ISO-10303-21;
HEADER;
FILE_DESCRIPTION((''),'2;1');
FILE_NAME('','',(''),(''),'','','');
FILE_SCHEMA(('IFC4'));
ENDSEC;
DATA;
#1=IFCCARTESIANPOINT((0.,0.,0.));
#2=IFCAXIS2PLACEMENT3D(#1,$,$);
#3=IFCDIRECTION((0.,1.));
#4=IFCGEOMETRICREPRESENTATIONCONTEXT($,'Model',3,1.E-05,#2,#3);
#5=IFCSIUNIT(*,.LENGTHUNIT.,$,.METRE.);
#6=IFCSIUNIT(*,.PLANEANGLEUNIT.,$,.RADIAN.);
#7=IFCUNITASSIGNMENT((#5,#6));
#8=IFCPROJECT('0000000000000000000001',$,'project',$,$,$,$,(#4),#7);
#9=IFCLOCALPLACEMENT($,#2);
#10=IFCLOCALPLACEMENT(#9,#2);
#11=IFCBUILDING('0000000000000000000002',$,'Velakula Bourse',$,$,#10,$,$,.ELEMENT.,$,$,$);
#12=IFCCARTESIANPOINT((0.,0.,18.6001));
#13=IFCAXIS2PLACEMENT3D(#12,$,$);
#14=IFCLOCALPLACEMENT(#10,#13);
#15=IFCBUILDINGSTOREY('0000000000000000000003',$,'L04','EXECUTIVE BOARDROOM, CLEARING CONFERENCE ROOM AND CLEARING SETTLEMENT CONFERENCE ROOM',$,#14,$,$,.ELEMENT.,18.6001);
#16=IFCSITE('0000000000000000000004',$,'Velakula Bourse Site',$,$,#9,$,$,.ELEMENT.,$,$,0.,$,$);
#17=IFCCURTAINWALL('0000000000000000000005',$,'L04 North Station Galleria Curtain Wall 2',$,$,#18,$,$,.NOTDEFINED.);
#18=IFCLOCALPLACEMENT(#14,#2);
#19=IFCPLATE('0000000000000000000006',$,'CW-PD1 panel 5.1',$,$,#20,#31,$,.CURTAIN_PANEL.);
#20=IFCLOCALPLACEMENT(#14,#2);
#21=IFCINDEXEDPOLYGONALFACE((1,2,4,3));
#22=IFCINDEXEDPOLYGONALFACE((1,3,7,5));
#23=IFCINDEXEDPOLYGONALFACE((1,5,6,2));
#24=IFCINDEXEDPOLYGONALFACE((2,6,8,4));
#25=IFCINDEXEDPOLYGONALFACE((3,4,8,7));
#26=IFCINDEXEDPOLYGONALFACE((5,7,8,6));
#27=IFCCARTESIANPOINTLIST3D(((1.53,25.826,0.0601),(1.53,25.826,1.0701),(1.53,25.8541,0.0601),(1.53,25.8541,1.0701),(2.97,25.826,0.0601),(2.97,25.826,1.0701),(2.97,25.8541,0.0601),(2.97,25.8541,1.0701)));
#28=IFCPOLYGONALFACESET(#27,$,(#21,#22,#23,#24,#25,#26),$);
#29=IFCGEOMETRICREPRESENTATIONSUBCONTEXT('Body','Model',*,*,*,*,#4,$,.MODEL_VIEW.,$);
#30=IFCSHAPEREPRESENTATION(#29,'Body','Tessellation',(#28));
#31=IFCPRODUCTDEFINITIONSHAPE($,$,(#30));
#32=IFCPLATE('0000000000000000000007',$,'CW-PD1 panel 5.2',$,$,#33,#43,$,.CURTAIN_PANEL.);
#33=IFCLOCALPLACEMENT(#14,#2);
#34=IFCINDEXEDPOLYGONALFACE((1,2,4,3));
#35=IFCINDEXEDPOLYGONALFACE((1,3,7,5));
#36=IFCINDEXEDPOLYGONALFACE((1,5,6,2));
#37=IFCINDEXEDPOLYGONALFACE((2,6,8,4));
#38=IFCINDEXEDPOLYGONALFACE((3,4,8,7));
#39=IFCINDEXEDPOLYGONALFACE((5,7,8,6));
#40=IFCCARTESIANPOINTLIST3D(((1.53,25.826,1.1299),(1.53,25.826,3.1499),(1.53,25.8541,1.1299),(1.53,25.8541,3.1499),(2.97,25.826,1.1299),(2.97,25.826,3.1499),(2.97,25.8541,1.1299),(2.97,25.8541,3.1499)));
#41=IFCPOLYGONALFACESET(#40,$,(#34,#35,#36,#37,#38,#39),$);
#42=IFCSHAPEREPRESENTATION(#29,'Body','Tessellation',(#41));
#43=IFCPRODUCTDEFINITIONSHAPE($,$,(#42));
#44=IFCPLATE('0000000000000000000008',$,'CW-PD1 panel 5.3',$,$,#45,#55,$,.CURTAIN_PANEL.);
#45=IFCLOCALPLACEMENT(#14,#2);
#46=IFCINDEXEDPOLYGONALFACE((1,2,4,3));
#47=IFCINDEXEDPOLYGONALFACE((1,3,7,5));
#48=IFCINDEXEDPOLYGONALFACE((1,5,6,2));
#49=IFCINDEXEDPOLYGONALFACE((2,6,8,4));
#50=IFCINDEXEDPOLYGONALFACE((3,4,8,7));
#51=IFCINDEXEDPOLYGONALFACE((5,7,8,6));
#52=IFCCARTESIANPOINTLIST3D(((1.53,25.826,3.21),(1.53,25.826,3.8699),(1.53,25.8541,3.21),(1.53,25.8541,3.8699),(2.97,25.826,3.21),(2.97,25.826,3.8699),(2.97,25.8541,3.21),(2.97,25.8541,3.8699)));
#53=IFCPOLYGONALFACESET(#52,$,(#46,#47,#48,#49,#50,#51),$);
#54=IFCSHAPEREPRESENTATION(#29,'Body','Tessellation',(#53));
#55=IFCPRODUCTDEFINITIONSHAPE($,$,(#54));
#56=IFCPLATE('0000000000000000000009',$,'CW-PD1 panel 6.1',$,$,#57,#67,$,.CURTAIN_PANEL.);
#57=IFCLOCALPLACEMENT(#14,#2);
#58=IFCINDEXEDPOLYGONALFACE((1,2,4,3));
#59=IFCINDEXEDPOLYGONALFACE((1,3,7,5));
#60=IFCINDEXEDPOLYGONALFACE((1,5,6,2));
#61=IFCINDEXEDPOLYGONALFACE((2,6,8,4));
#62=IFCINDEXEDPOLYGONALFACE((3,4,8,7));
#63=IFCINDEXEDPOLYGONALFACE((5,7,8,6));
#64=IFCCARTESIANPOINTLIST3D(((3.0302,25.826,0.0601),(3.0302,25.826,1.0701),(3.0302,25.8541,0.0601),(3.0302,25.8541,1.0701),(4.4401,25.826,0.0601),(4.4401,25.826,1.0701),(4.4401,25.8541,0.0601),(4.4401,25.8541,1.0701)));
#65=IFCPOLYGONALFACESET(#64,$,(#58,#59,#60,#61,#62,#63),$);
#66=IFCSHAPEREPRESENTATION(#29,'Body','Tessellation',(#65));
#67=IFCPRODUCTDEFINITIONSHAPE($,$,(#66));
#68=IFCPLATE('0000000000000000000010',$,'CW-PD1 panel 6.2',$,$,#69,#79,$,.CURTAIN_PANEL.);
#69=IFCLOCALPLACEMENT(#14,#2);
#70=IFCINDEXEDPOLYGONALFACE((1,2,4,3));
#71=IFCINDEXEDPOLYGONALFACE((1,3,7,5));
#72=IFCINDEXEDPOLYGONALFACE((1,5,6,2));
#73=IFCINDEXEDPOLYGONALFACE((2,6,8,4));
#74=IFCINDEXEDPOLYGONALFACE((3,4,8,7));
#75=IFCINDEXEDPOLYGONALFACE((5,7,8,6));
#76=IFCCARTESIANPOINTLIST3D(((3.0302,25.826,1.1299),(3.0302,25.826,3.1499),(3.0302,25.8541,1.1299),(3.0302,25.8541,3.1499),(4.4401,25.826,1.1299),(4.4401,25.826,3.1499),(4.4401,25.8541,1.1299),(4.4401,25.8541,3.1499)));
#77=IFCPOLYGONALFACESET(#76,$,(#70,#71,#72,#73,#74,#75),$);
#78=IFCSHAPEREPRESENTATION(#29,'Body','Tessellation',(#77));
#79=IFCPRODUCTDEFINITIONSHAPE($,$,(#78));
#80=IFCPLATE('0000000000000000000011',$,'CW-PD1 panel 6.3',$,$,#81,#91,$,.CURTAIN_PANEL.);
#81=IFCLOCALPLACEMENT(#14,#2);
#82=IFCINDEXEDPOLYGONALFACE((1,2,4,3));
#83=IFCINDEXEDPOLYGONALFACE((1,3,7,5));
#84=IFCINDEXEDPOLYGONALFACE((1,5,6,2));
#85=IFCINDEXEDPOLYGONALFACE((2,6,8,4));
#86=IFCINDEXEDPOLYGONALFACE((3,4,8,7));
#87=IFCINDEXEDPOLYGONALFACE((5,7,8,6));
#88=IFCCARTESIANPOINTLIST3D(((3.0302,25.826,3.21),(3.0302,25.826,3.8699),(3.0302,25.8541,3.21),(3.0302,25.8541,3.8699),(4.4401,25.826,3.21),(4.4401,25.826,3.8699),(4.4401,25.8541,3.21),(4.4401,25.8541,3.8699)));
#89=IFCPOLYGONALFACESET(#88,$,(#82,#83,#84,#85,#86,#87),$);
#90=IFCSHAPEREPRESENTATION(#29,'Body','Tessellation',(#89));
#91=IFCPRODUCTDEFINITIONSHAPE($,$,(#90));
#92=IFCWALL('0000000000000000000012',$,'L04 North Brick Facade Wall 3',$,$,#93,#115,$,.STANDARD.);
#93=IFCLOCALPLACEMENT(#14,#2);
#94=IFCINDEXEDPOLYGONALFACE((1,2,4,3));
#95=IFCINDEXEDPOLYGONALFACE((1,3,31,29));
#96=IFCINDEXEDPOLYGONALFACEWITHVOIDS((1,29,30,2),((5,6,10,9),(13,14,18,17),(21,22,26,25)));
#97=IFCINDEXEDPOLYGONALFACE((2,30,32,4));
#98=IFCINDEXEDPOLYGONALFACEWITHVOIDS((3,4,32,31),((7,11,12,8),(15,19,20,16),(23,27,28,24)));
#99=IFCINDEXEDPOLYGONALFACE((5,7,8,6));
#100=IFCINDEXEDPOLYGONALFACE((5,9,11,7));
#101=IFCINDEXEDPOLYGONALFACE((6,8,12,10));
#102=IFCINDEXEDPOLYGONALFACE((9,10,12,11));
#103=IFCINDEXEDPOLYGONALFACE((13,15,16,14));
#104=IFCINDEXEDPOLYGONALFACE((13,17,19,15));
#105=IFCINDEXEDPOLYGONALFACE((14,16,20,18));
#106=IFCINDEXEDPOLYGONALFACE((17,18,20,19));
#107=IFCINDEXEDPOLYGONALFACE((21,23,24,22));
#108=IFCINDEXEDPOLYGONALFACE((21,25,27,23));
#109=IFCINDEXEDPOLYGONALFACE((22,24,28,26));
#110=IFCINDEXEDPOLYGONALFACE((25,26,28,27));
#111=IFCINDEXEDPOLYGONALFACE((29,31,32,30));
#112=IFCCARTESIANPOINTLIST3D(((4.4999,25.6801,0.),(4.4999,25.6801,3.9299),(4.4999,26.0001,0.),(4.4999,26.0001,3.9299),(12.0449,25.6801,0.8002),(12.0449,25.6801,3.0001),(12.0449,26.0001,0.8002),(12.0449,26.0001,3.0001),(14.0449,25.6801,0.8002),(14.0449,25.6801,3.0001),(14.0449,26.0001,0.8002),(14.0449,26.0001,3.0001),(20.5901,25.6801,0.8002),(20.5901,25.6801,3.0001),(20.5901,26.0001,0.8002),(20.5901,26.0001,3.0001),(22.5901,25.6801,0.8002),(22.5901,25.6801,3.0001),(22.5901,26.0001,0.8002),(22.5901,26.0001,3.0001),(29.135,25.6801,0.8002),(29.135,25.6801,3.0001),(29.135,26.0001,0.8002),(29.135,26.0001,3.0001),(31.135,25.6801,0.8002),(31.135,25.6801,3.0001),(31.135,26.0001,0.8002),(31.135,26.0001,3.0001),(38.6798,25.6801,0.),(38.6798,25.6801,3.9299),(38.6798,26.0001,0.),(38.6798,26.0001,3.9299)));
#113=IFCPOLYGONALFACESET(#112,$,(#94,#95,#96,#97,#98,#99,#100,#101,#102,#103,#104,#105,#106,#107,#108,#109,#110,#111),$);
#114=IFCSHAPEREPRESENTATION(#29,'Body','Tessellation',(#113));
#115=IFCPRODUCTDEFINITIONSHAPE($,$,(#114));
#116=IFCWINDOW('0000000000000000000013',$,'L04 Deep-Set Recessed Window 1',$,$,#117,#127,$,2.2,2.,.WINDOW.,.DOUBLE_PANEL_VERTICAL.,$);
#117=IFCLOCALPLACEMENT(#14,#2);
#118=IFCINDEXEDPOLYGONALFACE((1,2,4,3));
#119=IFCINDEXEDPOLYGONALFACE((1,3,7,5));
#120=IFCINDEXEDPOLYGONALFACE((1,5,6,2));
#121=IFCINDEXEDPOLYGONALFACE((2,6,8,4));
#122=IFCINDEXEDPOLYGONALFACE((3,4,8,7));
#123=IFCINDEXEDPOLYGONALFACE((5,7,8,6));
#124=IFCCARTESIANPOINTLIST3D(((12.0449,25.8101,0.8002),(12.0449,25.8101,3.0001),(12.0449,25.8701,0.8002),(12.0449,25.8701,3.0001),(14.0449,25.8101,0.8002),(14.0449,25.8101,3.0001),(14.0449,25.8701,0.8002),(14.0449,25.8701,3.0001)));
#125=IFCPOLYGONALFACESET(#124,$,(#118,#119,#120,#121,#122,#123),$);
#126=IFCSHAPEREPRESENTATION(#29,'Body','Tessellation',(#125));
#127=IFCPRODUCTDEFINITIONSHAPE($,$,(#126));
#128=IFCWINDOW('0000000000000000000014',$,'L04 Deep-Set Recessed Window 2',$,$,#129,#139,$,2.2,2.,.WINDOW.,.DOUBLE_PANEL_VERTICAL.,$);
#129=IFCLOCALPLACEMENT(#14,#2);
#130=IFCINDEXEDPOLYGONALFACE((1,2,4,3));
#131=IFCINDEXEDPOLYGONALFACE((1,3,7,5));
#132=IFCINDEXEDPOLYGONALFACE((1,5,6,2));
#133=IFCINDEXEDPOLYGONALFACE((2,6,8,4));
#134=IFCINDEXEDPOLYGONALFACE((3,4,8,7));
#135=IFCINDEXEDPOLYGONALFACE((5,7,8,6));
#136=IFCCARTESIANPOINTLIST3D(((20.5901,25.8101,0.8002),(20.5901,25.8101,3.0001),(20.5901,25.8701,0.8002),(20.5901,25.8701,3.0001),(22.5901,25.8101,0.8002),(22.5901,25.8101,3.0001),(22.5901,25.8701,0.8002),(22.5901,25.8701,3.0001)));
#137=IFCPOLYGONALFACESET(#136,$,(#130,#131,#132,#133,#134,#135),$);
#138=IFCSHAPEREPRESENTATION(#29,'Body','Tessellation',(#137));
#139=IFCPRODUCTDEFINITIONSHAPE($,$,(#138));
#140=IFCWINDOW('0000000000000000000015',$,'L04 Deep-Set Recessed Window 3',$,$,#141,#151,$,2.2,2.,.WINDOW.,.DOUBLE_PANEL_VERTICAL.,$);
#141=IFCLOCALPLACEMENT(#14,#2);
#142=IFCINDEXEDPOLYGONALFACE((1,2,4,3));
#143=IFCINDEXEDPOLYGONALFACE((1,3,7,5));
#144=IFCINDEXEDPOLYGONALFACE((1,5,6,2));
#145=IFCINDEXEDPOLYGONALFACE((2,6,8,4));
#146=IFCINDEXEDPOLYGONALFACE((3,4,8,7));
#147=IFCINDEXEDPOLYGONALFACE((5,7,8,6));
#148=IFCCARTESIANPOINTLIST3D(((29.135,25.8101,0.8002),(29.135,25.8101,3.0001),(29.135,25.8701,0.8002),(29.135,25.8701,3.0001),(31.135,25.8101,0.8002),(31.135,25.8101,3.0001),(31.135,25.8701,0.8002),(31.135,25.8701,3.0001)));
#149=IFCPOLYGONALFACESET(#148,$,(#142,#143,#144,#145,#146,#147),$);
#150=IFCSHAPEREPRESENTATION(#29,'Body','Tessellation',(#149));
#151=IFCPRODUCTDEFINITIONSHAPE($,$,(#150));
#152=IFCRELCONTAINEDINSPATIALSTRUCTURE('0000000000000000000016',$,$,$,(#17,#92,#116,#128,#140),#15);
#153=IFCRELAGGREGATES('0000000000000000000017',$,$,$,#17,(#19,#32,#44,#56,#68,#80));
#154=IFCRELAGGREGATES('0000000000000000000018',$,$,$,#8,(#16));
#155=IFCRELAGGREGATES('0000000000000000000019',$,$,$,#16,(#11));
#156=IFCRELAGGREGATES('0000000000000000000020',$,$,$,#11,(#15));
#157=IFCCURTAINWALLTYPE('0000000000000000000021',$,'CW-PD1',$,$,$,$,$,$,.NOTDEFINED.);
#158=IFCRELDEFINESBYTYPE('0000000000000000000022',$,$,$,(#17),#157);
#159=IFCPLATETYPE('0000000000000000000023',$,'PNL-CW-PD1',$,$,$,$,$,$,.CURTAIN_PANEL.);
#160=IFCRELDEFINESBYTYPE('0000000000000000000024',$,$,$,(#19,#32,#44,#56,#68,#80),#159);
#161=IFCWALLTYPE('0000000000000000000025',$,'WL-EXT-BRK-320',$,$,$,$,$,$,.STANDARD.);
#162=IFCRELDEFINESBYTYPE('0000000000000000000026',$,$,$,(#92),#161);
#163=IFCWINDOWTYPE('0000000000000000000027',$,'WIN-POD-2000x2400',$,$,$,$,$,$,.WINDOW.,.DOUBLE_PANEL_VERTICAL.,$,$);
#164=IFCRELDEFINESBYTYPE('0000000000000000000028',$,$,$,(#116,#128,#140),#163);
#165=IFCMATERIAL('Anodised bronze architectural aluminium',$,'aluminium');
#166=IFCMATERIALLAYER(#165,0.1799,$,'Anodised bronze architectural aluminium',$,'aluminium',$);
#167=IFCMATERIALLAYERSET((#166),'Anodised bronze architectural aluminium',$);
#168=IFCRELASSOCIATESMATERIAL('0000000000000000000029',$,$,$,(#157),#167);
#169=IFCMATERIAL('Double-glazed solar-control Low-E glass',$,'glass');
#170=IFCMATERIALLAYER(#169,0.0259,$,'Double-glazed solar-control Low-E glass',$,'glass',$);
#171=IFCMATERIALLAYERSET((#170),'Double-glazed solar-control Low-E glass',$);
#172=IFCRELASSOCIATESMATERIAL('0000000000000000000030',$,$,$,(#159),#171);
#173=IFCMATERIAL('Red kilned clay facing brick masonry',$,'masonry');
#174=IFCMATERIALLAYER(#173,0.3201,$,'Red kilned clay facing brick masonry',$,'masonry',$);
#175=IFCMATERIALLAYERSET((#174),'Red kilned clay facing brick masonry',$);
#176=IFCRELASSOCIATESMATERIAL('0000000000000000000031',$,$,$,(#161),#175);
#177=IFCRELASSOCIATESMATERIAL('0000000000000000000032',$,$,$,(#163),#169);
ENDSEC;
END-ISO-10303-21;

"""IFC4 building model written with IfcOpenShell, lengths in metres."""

from ifc_helpers import new_model, si_unit, direction, frame, frame_2d, origin, origin_2d, place, context, subcontext, project, spatial, rectangle, extrude, material, layer, layer_set, type_object, element, fill, aggregate, save


model = new_model("IFC4")

# Units and contexts
model_context = context("Model", 3, precision=1e-05, world=origin(), true_north=direction((0.0, 1.0)))
body_context = subcontext(model_context, "Body", "Model", "MODEL_VIEW")
ifc_project = project(units=[si_unit("LENGTHUNIT", "METRE"), si_unit("PLANEANGLEUNIT", "RADIAN")], contexts=[model_context])

# Site, building, storey
site_placement = place(None, origin())
site = spatial("IfcSite", under=ifc_project, at=site_placement, Name="Velakula Bourse Site", CompositionType="ELEMENT", RefElevation=0.0)
building_placement = place(site_placement, origin())
building = spatial("IfcBuilding", under=site, at=building_placement, Name="Velakula Bourse", CompositionType="ELEMENT")
storey_placement = place(building_placement, frame((0.0, 0.0, 18.6001)))
storey = spatial("IfcBuildingStorey", under=building, at=storey_placement, Name="L04", Description="EXECUTIVE BOARDROOM, CLEARING CONFERENCE ROOM AND CLEARING SETTLEMENT CONFERENCE ROOM", CompositionType="ELEMENT", Elevation=18.6001)

# Curtain wall, plates
ifc_material_1 = material(Name="Anodised bronze architectural aluminium", Category="aluminium")
ifc_layer_1 = layer(ifc_material_1, 0.1799, Name="Anodised bronze architectural aluminium", Category="aluminium")
ifc_layer_set_1 = layer_set([ifc_layer_1], Name="Anodised bronze architectural aluminium")
curtain_wall_type = type_object("IfcCurtainWallType", Name="CW-PD1", PredefinedType="NOTDEFINED", material=ifc_layer_set_1)
curtain_wall_placement = place(storey_placement, origin())
curtain_wall = element("IfcCurtainWall", 1, at=curtain_wall_placement, inside=storey, type_object=curtain_wall_type, Name="L04 North Station Galleria Curtain Wall 2", PredefinedType="NOTDEFINED")
ifc_material_2 = material(Name="Double-glazed solar-control Low-E glass", Category="glass")
ifc_layer_2 = layer(ifc_material_2, 0.0259, Name="Double-glazed solar-control Low-E glass", Category="glass")
ifc_layer_set_2 = layer_set([ifc_layer_2], Name="Double-glazed solar-control Low-E glass")
plate_type = type_object("IfcPlateType", Name="PNL-CW-PD1", PredefinedType="CURTAIN_PANEL", material=ifc_layer_set_2)
plate_1_placement = place(storey_placement, frame((2.25, 25.8401, 0.0601), z_axis=(0.0, 0.0, 1.0), x_axis=(1.0, 0.0, 0.0)))
plate_1 = element("IfcPlate", 2, at=plate_1_placement, type_object=plate_type, Name="CW-PD1 panel 5.1", PredefinedType="CURTAIN_PANEL", context=body_context, shape_type="SweptSolid", body=[
    extrude(rectangle(XDim=1.4399, YDim=0.0281, at=origin_2d()), origin(), (0.0, 0.0, 1.0), 1.01),
])
plate_2_placement = place(storey_placement, frame((2.25, 25.8401, 1.1299), z_axis=(0.0, 0.0, 1.0), x_axis=(1.0, 0.0, 0.0)))
plate_2 = element("IfcPlate", 3, at=plate_2_placement, type_object=plate_type, Name="CW-PD1 panel 5.2", PredefinedType="CURTAIN_PANEL", context=body_context, shape_type="SweptSolid", body=[
    extrude(rectangle(XDim=1.4399, YDim=0.0281, at=origin_2d()), origin(), (0.0, 0.0, 1.0), 2.02),
])
plate_3_placement = place(storey_placement, frame((2.25, 25.8401, 3.21), z_axis=(0.0, 0.0, 1.0), x_axis=(1.0, 0.0, 0.0)))
plate_3 = element("IfcPlate", 4, at=plate_3_placement, type_object=plate_type, Name="CW-PD1 panel 5.3", PredefinedType="CURTAIN_PANEL", context=body_context, shape_type="SweptSolid", body=[
    extrude(rectangle(XDim=1.4399, YDim=0.0281, at=origin_2d()), origin(), (0.0, 0.0, 1.0), 0.6599),
])
plate_4_placement = place(storey_placement, frame((3.7351, 25.8401, 0.0601), z_axis=(0.0, 0.0, 1.0), x_axis=(1.0, 0.0, 0.0)))
plate_4 = element("IfcPlate", 5, at=plate_4_placement, type_object=plate_type, Name="CW-PD1 panel 6.1", PredefinedType="CURTAIN_PANEL", context=body_context, shape_type="SweptSolid", body=[
    extrude(rectangle(XDim=1.4099, YDim=0.0281, at=origin_2d()), origin(), (0.0, 0.0, 1.0), 1.01),
])
plate_5_placement = place(storey_placement, frame((3.7351, 25.8401, 1.1299), z_axis=(0.0, 0.0, 1.0), x_axis=(1.0, 0.0, 0.0)))
plate_5 = element("IfcPlate", 6, at=plate_5_placement, type_object=plate_type, Name="CW-PD1 panel 6.2", PredefinedType="CURTAIN_PANEL", context=body_context, shape_type="SweptSolid", body=[
    extrude(rectangle(XDim=1.4099, YDim=0.0281, at=origin_2d()), origin(), (0.0, 0.0, 1.0), 2.02),
])
plate_6_placement = place(storey_placement, frame((3.7351, 25.8401, 3.21), z_axis=(0.0, 0.0, 1.0), x_axis=(1.0, 0.0, 0.0)))
plate_6 = element("IfcPlate", 7, at=plate_6_placement, type_object=plate_type, Name="CW-PD1 panel 6.3", PredefinedType="CURTAIN_PANEL", context=body_context, shape_type="SweptSolid", body=[
    extrude(rectangle(XDim=1.4099, YDim=0.0281, at=origin_2d()), origin(), (0.0, 0.0, 1.0), 0.6599),
])
aggregate(curtain_wall, [plate_1, plate_2, plate_3, plate_4, plate_5, plate_6])

# Wall, openings, windows
ifc_material_3 = material(Name="Red kilned clay facing brick masonry", Category="masonry")
ifc_layer_3 = layer(ifc_material_3, 0.3201, Name="Red kilned clay facing brick masonry", Category="masonry")
ifc_layer_set_3 = layer_set([ifc_layer_3], Name="Red kilned clay facing brick masonry")
wall_type = type_object("IfcWallType", Name="WL-EXT-BRK-320", PredefinedType="STANDARD", material=ifc_layer_set_3)
wall_placement = place(storey_placement, frame((4.5, 25.8401, 0.0), z_axis=(0.0, 0.0, 1.0), x_axis=(1.0, 0.0, 0.0)))
wall = element("IfcWall", 8, at=wall_placement, inside=storey, type_object=wall_type, Name="L04 North Brick Facade Wall 3", PredefinedType="STANDARD", context=body_context, shape_type="SweptSolid", body=[
    extrude(rectangle(XDim=34.1799, YDim=0.3201, at=frame_2d((17.0898, 0.0))), origin(), (0.0, 0.0, 1.0), 3.9299),
])
opening_1_placement = place(wall_placement, frame((7.5449, 0.0, 0.8)))
opening_1 = element("IfcOpeningElement", 9, at=opening_1_placement, cuts=wall, PredefinedType="OPENING", context=body_context, shape_type="SweptSolid", body=[
    extrude(rectangle(XDim=2.0, YDim=2.2, at=frame_2d((1.0, 1.1001))), frame((0.0, 0.1699, 0.0), z_axis=(0.0, -1.0, 0.0), x_axis=(1.0, 0.0, 0.0)), (0.0, 0.0, 1.0), 0.3401),
])
opening_2_placement = place(wall_placement, frame((16.0901, 0.0, 0.8)))
opening_2 = element("IfcOpeningElement", 10, at=opening_2_placement, cuts=wall, PredefinedType="OPENING", context=body_context, shape_type="SweptSolid", body=[
    extrude(rectangle(XDim=2.0, YDim=2.2, at=frame_2d((1.0, 1.1001))), frame((0.0, 0.1699, 0.0), z_axis=(0.0, -1.0, 0.0), x_axis=(1.0, 0.0, 0.0)), (0.0, 0.0, 1.0), 0.3401),
])
opening_3_placement = place(wall_placement, frame((24.635, 0.0, 0.8)))
opening_3 = element("IfcOpeningElement", 11, at=opening_3_placement, cuts=wall, PredefinedType="OPENING", context=body_context, shape_type="SweptSolid", body=[
    extrude(rectangle(XDim=2.0, YDim=2.2, at=frame_2d((1.0, 1.1001))), frame((0.0, 0.1699, 0.0), z_axis=(0.0, -1.0, 0.0), x_axis=(1.0, 0.0, 0.0)), (0.0, 0.0, 1.0), 0.3401),
])
window_type = type_object("IfcWindowType", Name="WIN-POD-2000x2400", PartitioningType="DOUBLE_PANEL_VERTICAL", PredefinedType="WINDOW", material=ifc_material_2)
window_1_placement = place(opening_1_placement, origin())
window_1 = element("IfcWindow", 12, at=window_1_placement, inside=storey, type_object=window_type, Name="L04 Deep-Set Recessed Window 1", OverallHeight=2.2, OverallWidth=2.0, PartitioningType="DOUBLE_PANEL_VERTICAL", PredefinedType="WINDOW", context=body_context, shape_type="SweptSolid", body=[
    extrude(rectangle(XDim=2.0, YDim=2.2, at=frame_2d((1.0, 1.1001))), frame((0.0, 0.03, 0.0), z_axis=(0.0, -1.0, 0.0), x_axis=(1.0, 0.0, 0.0)), (0.0, 0.0, 1.0), 0.0601),
])
fill(opening_1, window_1)
window_2_placement = place(opening_2_placement, origin())
window_2 = element("IfcWindow", 13, at=window_2_placement, inside=storey, type_object=window_type, Name="L04 Deep-Set Recessed Window 2", OverallHeight=2.2, OverallWidth=2.0, PartitioningType="DOUBLE_PANEL_VERTICAL", PredefinedType="WINDOW", context=body_context, shape_type="SweptSolid", body=[
    extrude(rectangle(XDim=2.0, YDim=2.2, at=frame_2d((1.0, 1.1001))), frame((0.0, 0.03, 0.0), z_axis=(0.0, -1.0, 0.0), x_axis=(1.0, 0.0, 0.0)), (0.0, 0.0, 1.0), 0.0601),
])
fill(opening_2, window_2)
window_3_placement = place(opening_3_placement, origin())
window_3 = element("IfcWindow", 14, at=window_3_placement, inside=storey, type_object=window_type, Name="L04 Deep-Set Recessed Window 3", OverallHeight=2.2, OverallWidth=2.0, PartitioningType="DOUBLE_PANEL_VERTICAL", PredefinedType="WINDOW", context=body_context, shape_type="SweptSolid", body=[
    extrude(rectangle(XDim=2.0, YDim=2.2, at=frame_2d((1.0, 1.1001))), frame((0.0, 0.03, 0.0), z_axis=(0.0, -1.0, 0.0), x_axis=(1.0, 0.0, 0.0)), (0.0, 0.0, 1.0), 0.0601),
])
fill(opening_3, window_3)

save(model, "model.ifc")
